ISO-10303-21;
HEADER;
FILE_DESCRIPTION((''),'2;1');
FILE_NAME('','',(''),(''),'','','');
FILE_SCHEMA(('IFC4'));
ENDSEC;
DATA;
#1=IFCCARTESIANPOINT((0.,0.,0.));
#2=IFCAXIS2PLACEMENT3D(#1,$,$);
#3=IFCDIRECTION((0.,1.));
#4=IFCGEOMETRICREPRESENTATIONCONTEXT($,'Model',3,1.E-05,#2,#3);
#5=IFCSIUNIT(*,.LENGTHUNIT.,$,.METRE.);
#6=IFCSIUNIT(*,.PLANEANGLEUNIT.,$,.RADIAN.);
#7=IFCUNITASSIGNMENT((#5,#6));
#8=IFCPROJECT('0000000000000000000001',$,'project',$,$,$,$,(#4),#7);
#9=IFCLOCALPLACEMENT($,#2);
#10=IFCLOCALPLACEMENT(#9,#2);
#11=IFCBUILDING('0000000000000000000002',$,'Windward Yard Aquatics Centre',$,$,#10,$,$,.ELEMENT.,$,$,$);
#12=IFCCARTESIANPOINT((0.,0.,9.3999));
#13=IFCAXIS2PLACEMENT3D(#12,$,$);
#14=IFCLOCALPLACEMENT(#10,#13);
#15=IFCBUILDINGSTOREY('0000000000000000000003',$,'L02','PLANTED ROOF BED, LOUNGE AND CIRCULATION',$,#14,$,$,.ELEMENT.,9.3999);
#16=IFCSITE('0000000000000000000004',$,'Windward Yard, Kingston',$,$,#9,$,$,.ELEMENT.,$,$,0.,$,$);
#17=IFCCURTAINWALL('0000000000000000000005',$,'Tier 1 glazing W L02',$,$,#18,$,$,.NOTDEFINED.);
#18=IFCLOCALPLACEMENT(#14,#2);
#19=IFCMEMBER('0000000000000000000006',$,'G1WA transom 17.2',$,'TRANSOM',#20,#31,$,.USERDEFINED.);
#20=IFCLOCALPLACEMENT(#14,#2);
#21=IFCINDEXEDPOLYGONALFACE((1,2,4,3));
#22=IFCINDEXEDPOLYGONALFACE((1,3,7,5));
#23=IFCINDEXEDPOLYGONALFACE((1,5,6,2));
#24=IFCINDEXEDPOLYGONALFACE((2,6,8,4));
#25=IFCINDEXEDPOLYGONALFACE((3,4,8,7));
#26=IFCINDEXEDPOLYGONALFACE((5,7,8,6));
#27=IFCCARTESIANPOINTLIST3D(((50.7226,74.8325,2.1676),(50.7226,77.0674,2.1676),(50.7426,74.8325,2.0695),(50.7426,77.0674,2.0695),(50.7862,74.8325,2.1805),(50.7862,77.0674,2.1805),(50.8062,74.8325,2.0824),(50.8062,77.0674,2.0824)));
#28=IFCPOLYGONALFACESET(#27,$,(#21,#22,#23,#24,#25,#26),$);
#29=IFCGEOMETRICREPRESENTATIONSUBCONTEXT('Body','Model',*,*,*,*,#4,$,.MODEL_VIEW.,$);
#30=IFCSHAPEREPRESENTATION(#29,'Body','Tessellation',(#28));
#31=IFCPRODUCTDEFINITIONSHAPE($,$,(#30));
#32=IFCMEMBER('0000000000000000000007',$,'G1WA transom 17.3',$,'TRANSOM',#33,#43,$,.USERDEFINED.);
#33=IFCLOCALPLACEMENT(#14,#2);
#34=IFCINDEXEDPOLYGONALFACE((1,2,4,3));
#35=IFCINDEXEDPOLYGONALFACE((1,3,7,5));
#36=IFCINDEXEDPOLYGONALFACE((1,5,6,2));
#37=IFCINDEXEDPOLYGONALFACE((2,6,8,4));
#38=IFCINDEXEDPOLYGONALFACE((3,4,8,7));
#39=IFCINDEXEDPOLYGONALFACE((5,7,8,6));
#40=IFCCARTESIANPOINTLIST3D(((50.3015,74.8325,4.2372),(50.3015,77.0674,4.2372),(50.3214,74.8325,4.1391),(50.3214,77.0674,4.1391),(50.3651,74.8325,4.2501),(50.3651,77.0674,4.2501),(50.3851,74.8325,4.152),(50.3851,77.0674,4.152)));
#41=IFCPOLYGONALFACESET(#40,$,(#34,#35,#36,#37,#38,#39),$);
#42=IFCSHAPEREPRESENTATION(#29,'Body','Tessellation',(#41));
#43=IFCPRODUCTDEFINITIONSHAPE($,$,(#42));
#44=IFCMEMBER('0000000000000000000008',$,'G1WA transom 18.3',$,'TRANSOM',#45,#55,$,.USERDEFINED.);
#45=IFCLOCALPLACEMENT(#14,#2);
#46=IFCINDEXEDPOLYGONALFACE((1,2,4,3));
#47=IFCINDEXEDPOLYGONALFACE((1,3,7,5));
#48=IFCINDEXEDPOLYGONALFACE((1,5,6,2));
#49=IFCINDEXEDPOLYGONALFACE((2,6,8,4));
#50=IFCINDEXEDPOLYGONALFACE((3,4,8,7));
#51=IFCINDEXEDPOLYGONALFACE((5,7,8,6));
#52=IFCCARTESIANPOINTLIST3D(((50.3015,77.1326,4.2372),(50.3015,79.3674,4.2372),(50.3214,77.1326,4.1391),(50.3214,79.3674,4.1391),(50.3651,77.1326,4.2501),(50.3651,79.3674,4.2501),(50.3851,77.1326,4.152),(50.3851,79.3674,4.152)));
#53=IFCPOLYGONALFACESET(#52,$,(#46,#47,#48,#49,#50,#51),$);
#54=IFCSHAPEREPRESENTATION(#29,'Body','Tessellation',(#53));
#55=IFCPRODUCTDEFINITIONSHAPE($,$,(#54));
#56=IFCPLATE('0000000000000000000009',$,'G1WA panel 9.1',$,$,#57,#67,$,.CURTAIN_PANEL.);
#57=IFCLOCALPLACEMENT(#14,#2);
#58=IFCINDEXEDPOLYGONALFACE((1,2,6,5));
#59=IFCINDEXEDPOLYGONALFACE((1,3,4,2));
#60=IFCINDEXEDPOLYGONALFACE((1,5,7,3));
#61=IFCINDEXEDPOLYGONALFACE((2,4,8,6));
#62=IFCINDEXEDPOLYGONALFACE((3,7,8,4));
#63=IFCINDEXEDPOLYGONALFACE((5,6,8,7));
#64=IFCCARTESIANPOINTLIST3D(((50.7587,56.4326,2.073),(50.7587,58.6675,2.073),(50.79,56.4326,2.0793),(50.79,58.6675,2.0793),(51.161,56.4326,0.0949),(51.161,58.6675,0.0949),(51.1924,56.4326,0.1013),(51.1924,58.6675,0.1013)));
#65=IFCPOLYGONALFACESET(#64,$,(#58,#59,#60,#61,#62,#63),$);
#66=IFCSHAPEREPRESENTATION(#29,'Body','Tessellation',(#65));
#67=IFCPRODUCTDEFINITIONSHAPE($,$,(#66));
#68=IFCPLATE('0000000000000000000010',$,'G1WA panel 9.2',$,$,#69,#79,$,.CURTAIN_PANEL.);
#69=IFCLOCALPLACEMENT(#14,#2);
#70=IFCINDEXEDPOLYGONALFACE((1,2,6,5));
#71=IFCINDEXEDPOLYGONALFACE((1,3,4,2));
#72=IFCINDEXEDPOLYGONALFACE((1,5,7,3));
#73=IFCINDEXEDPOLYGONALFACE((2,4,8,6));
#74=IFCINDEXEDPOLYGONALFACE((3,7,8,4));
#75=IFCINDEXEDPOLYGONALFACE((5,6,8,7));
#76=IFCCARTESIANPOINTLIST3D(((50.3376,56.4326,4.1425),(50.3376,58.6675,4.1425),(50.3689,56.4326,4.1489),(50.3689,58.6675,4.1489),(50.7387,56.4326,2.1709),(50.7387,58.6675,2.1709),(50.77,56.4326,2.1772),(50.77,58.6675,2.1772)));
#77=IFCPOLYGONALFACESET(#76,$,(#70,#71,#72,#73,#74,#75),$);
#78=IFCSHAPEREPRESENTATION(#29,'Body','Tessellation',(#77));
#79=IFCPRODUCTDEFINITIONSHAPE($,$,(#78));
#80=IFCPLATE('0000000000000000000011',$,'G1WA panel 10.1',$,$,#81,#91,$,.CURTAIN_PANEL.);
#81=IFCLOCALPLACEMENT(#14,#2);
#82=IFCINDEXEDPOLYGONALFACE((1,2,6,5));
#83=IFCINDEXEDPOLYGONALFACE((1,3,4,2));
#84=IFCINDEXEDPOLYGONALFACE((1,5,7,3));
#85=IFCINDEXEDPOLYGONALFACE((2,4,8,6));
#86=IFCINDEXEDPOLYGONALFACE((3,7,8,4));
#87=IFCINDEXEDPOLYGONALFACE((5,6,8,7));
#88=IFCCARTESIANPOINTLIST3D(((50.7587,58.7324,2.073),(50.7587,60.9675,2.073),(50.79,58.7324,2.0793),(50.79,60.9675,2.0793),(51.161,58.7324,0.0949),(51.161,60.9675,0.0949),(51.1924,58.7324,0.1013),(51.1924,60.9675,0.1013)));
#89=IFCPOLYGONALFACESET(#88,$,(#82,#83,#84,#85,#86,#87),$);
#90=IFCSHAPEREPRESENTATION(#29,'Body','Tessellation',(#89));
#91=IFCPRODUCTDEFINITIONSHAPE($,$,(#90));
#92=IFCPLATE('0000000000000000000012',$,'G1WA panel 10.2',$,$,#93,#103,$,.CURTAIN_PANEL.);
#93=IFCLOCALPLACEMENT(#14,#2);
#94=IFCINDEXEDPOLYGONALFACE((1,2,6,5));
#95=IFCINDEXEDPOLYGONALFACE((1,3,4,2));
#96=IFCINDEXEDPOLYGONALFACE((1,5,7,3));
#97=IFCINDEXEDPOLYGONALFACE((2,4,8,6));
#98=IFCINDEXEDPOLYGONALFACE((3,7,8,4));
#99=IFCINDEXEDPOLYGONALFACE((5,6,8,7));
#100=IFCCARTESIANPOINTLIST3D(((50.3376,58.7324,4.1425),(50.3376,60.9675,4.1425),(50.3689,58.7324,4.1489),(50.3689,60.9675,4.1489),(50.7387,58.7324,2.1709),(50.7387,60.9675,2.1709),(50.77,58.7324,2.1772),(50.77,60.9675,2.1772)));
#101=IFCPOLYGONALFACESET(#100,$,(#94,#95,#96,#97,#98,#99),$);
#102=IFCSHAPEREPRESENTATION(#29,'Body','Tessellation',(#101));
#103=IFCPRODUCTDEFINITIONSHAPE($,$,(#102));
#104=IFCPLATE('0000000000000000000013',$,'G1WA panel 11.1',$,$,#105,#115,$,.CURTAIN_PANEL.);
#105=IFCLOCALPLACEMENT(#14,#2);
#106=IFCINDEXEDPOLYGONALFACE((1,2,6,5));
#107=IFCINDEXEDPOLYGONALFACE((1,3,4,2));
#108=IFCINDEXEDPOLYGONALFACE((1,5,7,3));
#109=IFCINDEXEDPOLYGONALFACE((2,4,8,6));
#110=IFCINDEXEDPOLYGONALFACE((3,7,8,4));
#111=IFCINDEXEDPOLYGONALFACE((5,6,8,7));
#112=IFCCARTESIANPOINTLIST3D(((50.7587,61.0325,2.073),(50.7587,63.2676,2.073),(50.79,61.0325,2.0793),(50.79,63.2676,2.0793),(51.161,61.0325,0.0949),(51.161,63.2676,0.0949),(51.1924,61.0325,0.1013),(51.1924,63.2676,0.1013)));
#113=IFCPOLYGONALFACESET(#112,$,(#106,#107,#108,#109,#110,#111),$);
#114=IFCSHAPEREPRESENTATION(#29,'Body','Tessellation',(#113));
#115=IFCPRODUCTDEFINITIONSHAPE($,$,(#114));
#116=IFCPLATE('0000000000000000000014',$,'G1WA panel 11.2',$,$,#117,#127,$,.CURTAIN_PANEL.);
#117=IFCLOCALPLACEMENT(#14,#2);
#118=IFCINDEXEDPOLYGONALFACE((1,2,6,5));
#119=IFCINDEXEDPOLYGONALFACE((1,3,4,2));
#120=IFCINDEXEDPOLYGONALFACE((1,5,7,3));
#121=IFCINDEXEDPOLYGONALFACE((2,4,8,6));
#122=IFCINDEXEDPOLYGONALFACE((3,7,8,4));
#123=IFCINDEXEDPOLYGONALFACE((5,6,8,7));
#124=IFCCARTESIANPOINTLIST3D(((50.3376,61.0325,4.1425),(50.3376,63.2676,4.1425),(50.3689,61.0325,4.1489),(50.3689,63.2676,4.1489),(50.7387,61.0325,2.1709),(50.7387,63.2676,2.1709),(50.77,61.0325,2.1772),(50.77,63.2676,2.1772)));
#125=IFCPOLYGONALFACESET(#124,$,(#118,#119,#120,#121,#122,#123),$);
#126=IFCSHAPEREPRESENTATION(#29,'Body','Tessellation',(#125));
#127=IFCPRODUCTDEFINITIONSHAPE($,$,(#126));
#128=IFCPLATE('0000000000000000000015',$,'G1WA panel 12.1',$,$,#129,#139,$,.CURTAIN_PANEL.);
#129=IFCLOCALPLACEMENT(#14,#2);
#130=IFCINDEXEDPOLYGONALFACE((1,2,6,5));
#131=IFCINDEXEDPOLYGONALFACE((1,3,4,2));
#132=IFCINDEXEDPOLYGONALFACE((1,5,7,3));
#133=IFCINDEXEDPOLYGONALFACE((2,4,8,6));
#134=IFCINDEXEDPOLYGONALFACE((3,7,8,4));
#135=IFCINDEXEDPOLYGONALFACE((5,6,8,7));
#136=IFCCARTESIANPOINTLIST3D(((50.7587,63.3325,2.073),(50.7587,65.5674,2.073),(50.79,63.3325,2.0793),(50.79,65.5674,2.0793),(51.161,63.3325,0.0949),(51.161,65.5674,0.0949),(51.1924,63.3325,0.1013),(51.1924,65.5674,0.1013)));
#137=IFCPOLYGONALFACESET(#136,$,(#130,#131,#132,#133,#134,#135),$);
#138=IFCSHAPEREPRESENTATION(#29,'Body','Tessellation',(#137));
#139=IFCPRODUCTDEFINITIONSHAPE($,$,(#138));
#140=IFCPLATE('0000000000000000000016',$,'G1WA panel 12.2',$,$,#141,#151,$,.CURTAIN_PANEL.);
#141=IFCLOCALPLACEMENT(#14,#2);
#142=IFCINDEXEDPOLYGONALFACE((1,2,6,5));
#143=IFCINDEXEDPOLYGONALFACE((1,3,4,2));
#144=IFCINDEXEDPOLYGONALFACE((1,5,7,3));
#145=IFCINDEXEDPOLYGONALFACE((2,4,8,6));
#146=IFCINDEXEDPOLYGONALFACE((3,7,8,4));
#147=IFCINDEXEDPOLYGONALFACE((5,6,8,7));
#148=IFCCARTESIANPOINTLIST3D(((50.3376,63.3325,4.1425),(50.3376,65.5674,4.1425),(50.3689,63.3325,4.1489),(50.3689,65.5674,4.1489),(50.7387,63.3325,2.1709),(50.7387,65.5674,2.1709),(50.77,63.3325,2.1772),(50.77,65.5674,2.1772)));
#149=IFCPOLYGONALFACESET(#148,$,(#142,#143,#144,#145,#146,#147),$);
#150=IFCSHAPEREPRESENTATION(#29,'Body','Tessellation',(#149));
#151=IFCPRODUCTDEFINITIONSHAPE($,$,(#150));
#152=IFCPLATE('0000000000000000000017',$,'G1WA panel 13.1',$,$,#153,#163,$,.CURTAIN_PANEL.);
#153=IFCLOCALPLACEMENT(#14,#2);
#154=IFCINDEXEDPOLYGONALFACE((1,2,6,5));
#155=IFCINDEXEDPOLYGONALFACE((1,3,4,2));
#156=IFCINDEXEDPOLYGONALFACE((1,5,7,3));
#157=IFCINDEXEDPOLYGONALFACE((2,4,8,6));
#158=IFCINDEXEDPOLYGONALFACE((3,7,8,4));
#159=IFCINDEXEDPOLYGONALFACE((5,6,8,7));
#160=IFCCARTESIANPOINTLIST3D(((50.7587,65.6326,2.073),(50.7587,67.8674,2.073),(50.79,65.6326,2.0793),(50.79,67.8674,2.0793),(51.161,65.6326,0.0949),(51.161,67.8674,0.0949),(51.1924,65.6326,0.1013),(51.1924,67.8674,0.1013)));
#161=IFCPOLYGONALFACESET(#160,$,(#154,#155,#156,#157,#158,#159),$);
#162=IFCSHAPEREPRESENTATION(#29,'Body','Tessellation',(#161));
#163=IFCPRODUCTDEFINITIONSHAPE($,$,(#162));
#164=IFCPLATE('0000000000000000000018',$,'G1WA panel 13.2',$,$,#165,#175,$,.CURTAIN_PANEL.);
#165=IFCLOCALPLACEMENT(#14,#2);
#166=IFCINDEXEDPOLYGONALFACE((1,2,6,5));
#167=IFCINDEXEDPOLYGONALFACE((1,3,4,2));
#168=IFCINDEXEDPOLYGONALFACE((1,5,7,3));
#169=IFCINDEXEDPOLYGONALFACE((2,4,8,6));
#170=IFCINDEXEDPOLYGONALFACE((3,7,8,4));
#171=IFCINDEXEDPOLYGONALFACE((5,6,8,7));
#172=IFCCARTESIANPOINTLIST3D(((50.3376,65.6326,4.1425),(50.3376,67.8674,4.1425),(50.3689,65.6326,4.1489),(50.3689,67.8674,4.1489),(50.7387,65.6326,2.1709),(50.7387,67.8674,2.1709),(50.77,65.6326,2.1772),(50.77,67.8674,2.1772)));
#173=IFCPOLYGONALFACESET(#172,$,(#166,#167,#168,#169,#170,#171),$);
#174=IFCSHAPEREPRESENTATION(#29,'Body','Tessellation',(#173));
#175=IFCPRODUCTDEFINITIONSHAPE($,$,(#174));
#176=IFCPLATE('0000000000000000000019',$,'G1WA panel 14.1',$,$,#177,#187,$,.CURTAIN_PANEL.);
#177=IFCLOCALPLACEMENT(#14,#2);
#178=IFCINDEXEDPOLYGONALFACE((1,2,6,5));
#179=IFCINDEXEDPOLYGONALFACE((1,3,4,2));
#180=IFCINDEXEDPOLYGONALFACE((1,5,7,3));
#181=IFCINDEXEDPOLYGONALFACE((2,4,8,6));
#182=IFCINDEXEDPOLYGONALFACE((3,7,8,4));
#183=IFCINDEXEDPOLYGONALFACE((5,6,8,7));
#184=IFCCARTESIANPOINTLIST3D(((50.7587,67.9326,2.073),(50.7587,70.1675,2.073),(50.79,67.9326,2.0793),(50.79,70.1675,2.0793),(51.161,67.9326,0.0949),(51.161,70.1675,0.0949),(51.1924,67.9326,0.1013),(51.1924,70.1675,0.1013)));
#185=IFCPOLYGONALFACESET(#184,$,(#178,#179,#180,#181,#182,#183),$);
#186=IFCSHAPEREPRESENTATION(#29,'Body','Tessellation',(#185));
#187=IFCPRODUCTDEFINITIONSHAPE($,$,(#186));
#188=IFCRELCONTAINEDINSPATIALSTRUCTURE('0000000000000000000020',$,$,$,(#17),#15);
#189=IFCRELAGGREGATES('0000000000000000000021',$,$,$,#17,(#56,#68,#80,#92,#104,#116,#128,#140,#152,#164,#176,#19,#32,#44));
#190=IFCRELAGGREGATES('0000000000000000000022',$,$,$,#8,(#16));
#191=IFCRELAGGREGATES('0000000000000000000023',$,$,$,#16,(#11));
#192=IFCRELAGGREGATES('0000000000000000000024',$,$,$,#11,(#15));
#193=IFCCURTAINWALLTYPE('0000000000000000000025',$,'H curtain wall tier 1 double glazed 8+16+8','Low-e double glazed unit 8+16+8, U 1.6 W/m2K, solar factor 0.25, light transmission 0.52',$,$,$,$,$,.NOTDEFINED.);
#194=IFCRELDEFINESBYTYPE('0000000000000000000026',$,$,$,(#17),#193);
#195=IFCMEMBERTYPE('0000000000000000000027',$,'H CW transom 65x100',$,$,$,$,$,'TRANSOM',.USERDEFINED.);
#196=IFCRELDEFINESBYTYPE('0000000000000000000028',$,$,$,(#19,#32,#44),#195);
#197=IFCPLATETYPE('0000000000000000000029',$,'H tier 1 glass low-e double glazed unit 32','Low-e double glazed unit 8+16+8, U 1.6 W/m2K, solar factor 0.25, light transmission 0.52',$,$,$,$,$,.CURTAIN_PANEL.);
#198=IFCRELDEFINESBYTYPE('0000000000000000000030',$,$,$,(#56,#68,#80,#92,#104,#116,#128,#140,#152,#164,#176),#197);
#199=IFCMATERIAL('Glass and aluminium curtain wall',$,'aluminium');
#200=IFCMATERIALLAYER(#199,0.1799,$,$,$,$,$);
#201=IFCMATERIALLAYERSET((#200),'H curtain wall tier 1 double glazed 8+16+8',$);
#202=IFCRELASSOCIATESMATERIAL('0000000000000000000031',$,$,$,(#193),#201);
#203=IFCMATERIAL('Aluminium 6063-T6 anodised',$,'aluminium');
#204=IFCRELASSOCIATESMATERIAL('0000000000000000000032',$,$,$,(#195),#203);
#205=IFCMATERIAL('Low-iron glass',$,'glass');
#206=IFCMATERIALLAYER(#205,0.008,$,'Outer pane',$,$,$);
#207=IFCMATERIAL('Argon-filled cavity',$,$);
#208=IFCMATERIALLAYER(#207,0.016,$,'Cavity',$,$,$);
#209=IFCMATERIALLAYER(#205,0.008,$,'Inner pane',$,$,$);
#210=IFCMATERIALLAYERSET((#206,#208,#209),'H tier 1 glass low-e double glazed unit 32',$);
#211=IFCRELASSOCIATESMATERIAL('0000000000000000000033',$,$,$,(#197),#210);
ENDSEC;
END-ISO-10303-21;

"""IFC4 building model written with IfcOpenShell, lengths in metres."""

from ifc_helpers import new_model, si_unit, direction, frame, origin, origin_2d, place, context, subcontext, project, spatial, polyline, rectangle, outline, extrude, material, layer, layer_set, material_profile, profile_set, type_object, element, aggregate, save


model = new_model("IFC4")

# Units and contexts
model_context = context("Model", 3, precision=1e-05, world=origin(), true_north=direction((0.0, 1.0)))
body_context = subcontext(model_context, "Body", "Model", "MODEL_VIEW")
ifc_project = project(units=[si_unit("LENGTHUNIT", "METRE"), si_unit("PLANEANGLEUNIT", "RADIAN")], contexts=[model_context])

# Site, building, storey
site_placement = place(None, origin())
site = spatial("IfcSite", under=ifc_project, at=site_placement, Name="Windward Yard, Kingston", CompositionType="ELEMENT", RefElevation=0.0)
building_placement = place(site_placement, origin())
building = spatial("IfcBuilding", under=site, at=building_placement, Name="Windward Yard Aquatics Centre", CompositionType="ELEMENT")
storey_placement = place(building_placement, frame((0.0, 0.0, 9.3999)))
storey = spatial("IfcBuildingStorey", under=building, at=storey_placement, Name="L02", Description="PLANTED ROOF BED, LOUNGE AND CIRCULATION", CompositionType="ELEMENT", Elevation=9.3999)

# Curtain wall, members, plates
ifc_material_1 = material(Name="Glass and aluminium curtain wall", Category="aluminium")
ifc_layer_1 = layer(ifc_material_1, 0.1799)
ifc_layer_set_1 = layer_set([ifc_layer_1], Name="H curtain wall tier 1 double glazed 8+16+8")
curtain_wall_type = type_object("IfcCurtainWallType", Name="H curtain wall tier 1 double glazed 8+16+8", Description="Low-e double glazed unit 8+16+8, U 1.6 W/m2K, solar factor 0.25, light transmission 0.52", PredefinedType="NOTDEFINED", material=ifc_layer_set_1)
curtain_wall_placement = place(storey_placement, origin())
curtain_wall = element("IfcCurtainWall", 1, at=curtain_wall_placement, inside=storey, type_object=curtain_wall_type, Name="Tier 1 glazing W L02", PredefinedType="NOTDEFINED")
ifc_material_2 = material(Name="Aluminium 6063-T6 anodised", Category="aluminium")
ifc_material_profile = material_profile(ifc_material_2, rectangle(XDim=0.0649, YDim=0.1001, at=origin_2d()), Name="H CW transom 65x100")
ifc_profile_set = profile_set([ifc_material_profile], Name="Aluminium 6063-T6 anodised")
member_type = type_object("IfcMemberType", Name="H CW transom 65x100", ElementType="TRANSOM", PredefinedType="USERDEFINED", material=ifc_profile_set)
member_1_placement = place(storey_placement, frame((50.7644, 74.8325, 2.125), z_axis=(0.0, 1.0, 0.0), x_axis=(0.979925, 0.0, 0.199368)))
member_1 = element("IfcMember", 2, at=member_1_placement, type_object=member_type, Name="G1WA transom 17.2", ObjectType="TRANSOM", PredefinedType="USERDEFINED", context=body_context, shape_type="SweptSolid", body=[
    extrude(rectangle(XDim=0.0649, YDim=0.1001, at=origin_2d()), origin(), (0.0, 0.0, 1.0), 2.2349),
])
member_2_placement = place(storey_placement, frame((50.3433, 74.8325, 4.1946), z_axis=(0.0, 1.0, 0.0), x_axis=(0.979925, 0.0, 0.199368)))
member_2 = element("IfcMember", 3, at=member_2_placement, type_object=member_type, Name="G1WA transom 17.3", ObjectType="TRANSOM", PredefinedType="USERDEFINED", context=body_context, shape_type="SweptSolid", body=[
    extrude(rectangle(XDim=0.0649, YDim=0.1001, at=origin_2d()), origin(), (0.0, 0.0, 1.0), 2.2349),
])
member_3_placement = place(storey_placement, frame((50.3433, 77.1326, 4.1946), z_axis=(0.0, 1.0, 0.0), x_axis=(0.979925, 0.0, 0.199368)))
member_3 = element("IfcMember", 4, at=member_3_placement, type_object=member_type, Name="G1WA transom 18.3", ObjectType="TRANSOM", PredefinedType="USERDEFINED", context=body_context, shape_type="SweptSolid", body=[
    extrude(rectangle(XDim=0.0649, YDim=0.1001, at=origin_2d()), origin(), (0.0, 0.0, 1.0), 2.2349),
])
ifc_material_3 = material(Name="Low-iron glass", Category="glass")
ifc_layer_2 = layer(ifc_material_3, 0.008, Name="Outer pane")
ifc_material_4 = material(Name="Argon-filled cavity")
ifc_layer_3 = layer(ifc_material_4, 0.016, Name="Cavity")
ifc_layer_4 = layer(ifc_material_3, 0.008, Name="Inner pane")
ifc_layer_set_2 = layer_set([ifc_layer_2, ifc_layer_3, ifc_layer_4], Name="H tier 1 glass low-e double glazed unit 32")
plate_type = type_object("IfcPlateType", Name="H tier 1 glass low-e double glazed unit 32", Description="Low-e double glazed unit 8+16+8, U 1.6 W/m2K, solar factor 0.25, light transmission 0.52", PredefinedType="CURTAIN_PANEL", material=ifc_layer_set_2)
plate_1_placement = place(storey_placement, frame((50.79, 56.4326, 2.0793), z_axis=(0.979933, 0.0, 0.199325), x_axis=(0.199325, 0.0, -0.979933)))
plate_1 = element("IfcPlate", 5, at=plate_1_placement, type_object=plate_type, Name="G1WA panel 9.1", PredefinedType="CURTAIN_PANEL", context=body_context, shape_type="SweptSolid", body=[
    extrude(outline(polyline([(0.0, 0.0), (2.0185, 0.0), (2.0185, 2.2349), (0.0, 2.2349), (0.0, 0.0)])), origin(), (0.0, 0.0, -1.0), 0.032),
])
plate_2_placement = place(storey_placement, frame((50.3689, 56.4326, 4.1489), z_axis=(0.979927, 0.0, 0.199359), x_axis=(0.199359, 0.0, -0.979927)))
plate_2 = element("IfcPlate", 6, at=plate_2_placement, type_object=plate_type, Name="G1WA panel 9.2", PredefinedType="CURTAIN_PANEL", context=body_context, shape_type="SweptSolid", body=[
    extrude(outline(polyline([(0.0, 0.0), (2.0121, 0.0), (2.0121, 2.2349), (0.0, 2.2349), (0.0, 0.0)])), origin(), (0.0, 0.0, -1.0), 0.032),
])
plate_3_placement = place(storey_placement, frame((50.79, 58.7324, 2.0793), z_axis=(0.979933, 0.0, 0.199325), x_axis=(0.199325, 0.0, -0.979933)))
plate_3 = element("IfcPlate", 7, at=plate_3_placement, type_object=plate_type, Name="G1WA panel 10.1", PredefinedType="CURTAIN_PANEL", context=body_context, shape_type="SweptSolid", body=[
    extrude(outline(polyline([(0.0, 0.0), (2.0185, 0.0), (2.0185, 2.2351), (0.0, 2.2351), (0.0, 0.0)])), origin(), (0.0, 0.0, -1.0), 0.032),
])
plate_4_placement = place(storey_placement, frame((50.3689, 58.7324, 4.1489), z_axis=(0.979927, 0.0, 0.199359), x_axis=(0.199359, 0.0, -0.979927)))
plate_4 = element("IfcPlate", 8, at=plate_4_placement, type_object=plate_type, Name="G1WA panel 10.2", PredefinedType="CURTAIN_PANEL", context=body_context, shape_type="SweptSolid", body=[
    extrude(outline(polyline([(0.0, 0.0), (2.0121, 0.0), (2.0121, 2.2351), (0.0, 2.2351), (0.0, 0.0)])), origin(), (0.0, 0.0, -1.0), 0.032),
])
plate_5_placement = place(storey_placement, frame((50.79, 61.0325, 2.0793), z_axis=(0.979933, 0.0, 0.199325), x_axis=(0.199325, 0.0, -0.979933)))
plate_5 = element("IfcPlate", 9, at=plate_5_placement, type_object=plate_type, Name="G1WA panel 11.1", PredefinedType="CURTAIN_PANEL", context=body_context, shape_type="SweptSolid", body=[
    extrude(outline(polyline([(0.0, 0.0), (2.0185, 0.0), (2.0185, 2.2351), (0.0, 2.2351), (0.0, 0.0)])), origin(), (0.0, 0.0, -1.0), 0.032),
])
plate_6_placement = place(storey_placement, frame((50.3689, 61.0325, 4.1489), z_axis=(0.979927, 0.0, 0.199359), x_axis=(0.199359, 0.0, -0.979927)))
plate_6 = element("IfcPlate", 10, at=plate_6_placement, type_object=plate_type, Name="G1WA panel 11.2", PredefinedType="CURTAIN_PANEL", context=body_context, shape_type="SweptSolid", body=[
    extrude(outline(polyline([(0.0, 0.0), (2.0121, 0.0), (2.0121, 2.2351), (0.0, 2.2351), (0.0, 0.0)])), origin(), (0.0, 0.0, -1.0), 0.032),
])
plate_7_placement = place(storey_placement, frame((50.79, 63.3325, 2.0793), z_axis=(0.979933, 0.0, 0.199325), x_axis=(0.199325, 0.0, -0.979933)))
plate_7 = element("IfcPlate", 11, at=plate_7_placement, type_object=plate_type, Name="G1WA panel 12.1", PredefinedType="CURTAIN_PANEL", context=body_context, shape_type="SweptSolid", body=[
    extrude(outline(polyline([(0.0, 0.0), (2.0185, 0.0), (2.0185, 2.2349), (0.0, 2.2349), (0.0, 0.0)])), origin(), (0.0, 0.0, -1.0), 0.032),
])
plate_8_placement = place(storey_placement, frame((50.3689, 63.3325, 4.1489), z_axis=(0.979927, 0.0, 0.199359), x_axis=(0.199359, 0.0, -0.979927)))
plate_8 = element("IfcPlate", 12, at=plate_8_placement, type_object=plate_type, Name="G1WA panel 12.2", PredefinedType="CURTAIN_PANEL", context=body_context, shape_type="SweptSolid", body=[
    extrude(outline(polyline([(0.0, 0.0), (2.0121, 0.0), (2.0121, 2.2349), (0.0, 2.2349), (0.0, 0.0)])), origin(), (0.0, 0.0, -1.0), 0.032),
])
plate_9_placement = place(storey_placement, frame((50.79, 65.6326, 2.0793), z_axis=(0.979933, 0.0, 0.199325), x_axis=(0.199325, 0.0, -0.979933)))
plate_9 = element("IfcPlate", 13, at=plate_9_placement, type_object=plate_type, Name="G1WA panel 13.1", PredefinedType="CURTAIN_PANEL", context=body_context, shape_type="SweptSolid", body=[
    extrude(outline(polyline([(0.0, 0.0), (2.0185, 0.0), (2.0185, 2.2349), (0.0, 2.2349), (0.0, 0.0)])), origin(), (0.0, 0.0, -1.0), 0.032),
])
plate_10_placement = place(storey_placement, frame((50.3689, 65.6326, 4.1489), z_axis=(0.979927, 0.0, 0.199359), x_axis=(0.199359, 0.0, -0.979927)))
plate_10 = element("IfcPlate", 14, at=plate_10_placement, type_object=plate_type, Name="G1WA panel 13.2", PredefinedType="CURTAIN_PANEL", context=body_context, shape_type="SweptSolid", body=[
    extrude(outline(polyline([(0.0, 0.0), (2.0121, 0.0), (2.0121, 2.2349), (0.0, 2.2349), (0.0, 0.0)])), origin(), (0.0, 0.0, -1.0), 0.032),
])
plate_11_placement = place(storey_placement, frame((50.79, 67.9326, 2.0793), z_axis=(0.979933, 0.0, 0.199325), x_axis=(0.199325, 0.0, -0.979933)))
plate_11 = element("IfcPlate", 15, at=plate_11_placement, type_object=plate_type, Name="G1WA panel 14.1", PredefinedType="CURTAIN_PANEL", context=body_context, shape_type="SweptSolid", body=[
    extrude(outline(polyline([(0.0, 0.0), (2.0185, 0.0), (2.0185, 2.2349), (0.0, 2.2349), (0.0, 0.0)])), origin(), (0.0, 0.0, -1.0), 0.032),
])
aggregate(curtain_wall, [plate_1, plate_2, plate_3, plate_4, plate_5, plate_6, plate_7, plate_8, plate_9, plate_10, plate_11, member_1, member_2, member_3])

save(model, "model.ifc")
